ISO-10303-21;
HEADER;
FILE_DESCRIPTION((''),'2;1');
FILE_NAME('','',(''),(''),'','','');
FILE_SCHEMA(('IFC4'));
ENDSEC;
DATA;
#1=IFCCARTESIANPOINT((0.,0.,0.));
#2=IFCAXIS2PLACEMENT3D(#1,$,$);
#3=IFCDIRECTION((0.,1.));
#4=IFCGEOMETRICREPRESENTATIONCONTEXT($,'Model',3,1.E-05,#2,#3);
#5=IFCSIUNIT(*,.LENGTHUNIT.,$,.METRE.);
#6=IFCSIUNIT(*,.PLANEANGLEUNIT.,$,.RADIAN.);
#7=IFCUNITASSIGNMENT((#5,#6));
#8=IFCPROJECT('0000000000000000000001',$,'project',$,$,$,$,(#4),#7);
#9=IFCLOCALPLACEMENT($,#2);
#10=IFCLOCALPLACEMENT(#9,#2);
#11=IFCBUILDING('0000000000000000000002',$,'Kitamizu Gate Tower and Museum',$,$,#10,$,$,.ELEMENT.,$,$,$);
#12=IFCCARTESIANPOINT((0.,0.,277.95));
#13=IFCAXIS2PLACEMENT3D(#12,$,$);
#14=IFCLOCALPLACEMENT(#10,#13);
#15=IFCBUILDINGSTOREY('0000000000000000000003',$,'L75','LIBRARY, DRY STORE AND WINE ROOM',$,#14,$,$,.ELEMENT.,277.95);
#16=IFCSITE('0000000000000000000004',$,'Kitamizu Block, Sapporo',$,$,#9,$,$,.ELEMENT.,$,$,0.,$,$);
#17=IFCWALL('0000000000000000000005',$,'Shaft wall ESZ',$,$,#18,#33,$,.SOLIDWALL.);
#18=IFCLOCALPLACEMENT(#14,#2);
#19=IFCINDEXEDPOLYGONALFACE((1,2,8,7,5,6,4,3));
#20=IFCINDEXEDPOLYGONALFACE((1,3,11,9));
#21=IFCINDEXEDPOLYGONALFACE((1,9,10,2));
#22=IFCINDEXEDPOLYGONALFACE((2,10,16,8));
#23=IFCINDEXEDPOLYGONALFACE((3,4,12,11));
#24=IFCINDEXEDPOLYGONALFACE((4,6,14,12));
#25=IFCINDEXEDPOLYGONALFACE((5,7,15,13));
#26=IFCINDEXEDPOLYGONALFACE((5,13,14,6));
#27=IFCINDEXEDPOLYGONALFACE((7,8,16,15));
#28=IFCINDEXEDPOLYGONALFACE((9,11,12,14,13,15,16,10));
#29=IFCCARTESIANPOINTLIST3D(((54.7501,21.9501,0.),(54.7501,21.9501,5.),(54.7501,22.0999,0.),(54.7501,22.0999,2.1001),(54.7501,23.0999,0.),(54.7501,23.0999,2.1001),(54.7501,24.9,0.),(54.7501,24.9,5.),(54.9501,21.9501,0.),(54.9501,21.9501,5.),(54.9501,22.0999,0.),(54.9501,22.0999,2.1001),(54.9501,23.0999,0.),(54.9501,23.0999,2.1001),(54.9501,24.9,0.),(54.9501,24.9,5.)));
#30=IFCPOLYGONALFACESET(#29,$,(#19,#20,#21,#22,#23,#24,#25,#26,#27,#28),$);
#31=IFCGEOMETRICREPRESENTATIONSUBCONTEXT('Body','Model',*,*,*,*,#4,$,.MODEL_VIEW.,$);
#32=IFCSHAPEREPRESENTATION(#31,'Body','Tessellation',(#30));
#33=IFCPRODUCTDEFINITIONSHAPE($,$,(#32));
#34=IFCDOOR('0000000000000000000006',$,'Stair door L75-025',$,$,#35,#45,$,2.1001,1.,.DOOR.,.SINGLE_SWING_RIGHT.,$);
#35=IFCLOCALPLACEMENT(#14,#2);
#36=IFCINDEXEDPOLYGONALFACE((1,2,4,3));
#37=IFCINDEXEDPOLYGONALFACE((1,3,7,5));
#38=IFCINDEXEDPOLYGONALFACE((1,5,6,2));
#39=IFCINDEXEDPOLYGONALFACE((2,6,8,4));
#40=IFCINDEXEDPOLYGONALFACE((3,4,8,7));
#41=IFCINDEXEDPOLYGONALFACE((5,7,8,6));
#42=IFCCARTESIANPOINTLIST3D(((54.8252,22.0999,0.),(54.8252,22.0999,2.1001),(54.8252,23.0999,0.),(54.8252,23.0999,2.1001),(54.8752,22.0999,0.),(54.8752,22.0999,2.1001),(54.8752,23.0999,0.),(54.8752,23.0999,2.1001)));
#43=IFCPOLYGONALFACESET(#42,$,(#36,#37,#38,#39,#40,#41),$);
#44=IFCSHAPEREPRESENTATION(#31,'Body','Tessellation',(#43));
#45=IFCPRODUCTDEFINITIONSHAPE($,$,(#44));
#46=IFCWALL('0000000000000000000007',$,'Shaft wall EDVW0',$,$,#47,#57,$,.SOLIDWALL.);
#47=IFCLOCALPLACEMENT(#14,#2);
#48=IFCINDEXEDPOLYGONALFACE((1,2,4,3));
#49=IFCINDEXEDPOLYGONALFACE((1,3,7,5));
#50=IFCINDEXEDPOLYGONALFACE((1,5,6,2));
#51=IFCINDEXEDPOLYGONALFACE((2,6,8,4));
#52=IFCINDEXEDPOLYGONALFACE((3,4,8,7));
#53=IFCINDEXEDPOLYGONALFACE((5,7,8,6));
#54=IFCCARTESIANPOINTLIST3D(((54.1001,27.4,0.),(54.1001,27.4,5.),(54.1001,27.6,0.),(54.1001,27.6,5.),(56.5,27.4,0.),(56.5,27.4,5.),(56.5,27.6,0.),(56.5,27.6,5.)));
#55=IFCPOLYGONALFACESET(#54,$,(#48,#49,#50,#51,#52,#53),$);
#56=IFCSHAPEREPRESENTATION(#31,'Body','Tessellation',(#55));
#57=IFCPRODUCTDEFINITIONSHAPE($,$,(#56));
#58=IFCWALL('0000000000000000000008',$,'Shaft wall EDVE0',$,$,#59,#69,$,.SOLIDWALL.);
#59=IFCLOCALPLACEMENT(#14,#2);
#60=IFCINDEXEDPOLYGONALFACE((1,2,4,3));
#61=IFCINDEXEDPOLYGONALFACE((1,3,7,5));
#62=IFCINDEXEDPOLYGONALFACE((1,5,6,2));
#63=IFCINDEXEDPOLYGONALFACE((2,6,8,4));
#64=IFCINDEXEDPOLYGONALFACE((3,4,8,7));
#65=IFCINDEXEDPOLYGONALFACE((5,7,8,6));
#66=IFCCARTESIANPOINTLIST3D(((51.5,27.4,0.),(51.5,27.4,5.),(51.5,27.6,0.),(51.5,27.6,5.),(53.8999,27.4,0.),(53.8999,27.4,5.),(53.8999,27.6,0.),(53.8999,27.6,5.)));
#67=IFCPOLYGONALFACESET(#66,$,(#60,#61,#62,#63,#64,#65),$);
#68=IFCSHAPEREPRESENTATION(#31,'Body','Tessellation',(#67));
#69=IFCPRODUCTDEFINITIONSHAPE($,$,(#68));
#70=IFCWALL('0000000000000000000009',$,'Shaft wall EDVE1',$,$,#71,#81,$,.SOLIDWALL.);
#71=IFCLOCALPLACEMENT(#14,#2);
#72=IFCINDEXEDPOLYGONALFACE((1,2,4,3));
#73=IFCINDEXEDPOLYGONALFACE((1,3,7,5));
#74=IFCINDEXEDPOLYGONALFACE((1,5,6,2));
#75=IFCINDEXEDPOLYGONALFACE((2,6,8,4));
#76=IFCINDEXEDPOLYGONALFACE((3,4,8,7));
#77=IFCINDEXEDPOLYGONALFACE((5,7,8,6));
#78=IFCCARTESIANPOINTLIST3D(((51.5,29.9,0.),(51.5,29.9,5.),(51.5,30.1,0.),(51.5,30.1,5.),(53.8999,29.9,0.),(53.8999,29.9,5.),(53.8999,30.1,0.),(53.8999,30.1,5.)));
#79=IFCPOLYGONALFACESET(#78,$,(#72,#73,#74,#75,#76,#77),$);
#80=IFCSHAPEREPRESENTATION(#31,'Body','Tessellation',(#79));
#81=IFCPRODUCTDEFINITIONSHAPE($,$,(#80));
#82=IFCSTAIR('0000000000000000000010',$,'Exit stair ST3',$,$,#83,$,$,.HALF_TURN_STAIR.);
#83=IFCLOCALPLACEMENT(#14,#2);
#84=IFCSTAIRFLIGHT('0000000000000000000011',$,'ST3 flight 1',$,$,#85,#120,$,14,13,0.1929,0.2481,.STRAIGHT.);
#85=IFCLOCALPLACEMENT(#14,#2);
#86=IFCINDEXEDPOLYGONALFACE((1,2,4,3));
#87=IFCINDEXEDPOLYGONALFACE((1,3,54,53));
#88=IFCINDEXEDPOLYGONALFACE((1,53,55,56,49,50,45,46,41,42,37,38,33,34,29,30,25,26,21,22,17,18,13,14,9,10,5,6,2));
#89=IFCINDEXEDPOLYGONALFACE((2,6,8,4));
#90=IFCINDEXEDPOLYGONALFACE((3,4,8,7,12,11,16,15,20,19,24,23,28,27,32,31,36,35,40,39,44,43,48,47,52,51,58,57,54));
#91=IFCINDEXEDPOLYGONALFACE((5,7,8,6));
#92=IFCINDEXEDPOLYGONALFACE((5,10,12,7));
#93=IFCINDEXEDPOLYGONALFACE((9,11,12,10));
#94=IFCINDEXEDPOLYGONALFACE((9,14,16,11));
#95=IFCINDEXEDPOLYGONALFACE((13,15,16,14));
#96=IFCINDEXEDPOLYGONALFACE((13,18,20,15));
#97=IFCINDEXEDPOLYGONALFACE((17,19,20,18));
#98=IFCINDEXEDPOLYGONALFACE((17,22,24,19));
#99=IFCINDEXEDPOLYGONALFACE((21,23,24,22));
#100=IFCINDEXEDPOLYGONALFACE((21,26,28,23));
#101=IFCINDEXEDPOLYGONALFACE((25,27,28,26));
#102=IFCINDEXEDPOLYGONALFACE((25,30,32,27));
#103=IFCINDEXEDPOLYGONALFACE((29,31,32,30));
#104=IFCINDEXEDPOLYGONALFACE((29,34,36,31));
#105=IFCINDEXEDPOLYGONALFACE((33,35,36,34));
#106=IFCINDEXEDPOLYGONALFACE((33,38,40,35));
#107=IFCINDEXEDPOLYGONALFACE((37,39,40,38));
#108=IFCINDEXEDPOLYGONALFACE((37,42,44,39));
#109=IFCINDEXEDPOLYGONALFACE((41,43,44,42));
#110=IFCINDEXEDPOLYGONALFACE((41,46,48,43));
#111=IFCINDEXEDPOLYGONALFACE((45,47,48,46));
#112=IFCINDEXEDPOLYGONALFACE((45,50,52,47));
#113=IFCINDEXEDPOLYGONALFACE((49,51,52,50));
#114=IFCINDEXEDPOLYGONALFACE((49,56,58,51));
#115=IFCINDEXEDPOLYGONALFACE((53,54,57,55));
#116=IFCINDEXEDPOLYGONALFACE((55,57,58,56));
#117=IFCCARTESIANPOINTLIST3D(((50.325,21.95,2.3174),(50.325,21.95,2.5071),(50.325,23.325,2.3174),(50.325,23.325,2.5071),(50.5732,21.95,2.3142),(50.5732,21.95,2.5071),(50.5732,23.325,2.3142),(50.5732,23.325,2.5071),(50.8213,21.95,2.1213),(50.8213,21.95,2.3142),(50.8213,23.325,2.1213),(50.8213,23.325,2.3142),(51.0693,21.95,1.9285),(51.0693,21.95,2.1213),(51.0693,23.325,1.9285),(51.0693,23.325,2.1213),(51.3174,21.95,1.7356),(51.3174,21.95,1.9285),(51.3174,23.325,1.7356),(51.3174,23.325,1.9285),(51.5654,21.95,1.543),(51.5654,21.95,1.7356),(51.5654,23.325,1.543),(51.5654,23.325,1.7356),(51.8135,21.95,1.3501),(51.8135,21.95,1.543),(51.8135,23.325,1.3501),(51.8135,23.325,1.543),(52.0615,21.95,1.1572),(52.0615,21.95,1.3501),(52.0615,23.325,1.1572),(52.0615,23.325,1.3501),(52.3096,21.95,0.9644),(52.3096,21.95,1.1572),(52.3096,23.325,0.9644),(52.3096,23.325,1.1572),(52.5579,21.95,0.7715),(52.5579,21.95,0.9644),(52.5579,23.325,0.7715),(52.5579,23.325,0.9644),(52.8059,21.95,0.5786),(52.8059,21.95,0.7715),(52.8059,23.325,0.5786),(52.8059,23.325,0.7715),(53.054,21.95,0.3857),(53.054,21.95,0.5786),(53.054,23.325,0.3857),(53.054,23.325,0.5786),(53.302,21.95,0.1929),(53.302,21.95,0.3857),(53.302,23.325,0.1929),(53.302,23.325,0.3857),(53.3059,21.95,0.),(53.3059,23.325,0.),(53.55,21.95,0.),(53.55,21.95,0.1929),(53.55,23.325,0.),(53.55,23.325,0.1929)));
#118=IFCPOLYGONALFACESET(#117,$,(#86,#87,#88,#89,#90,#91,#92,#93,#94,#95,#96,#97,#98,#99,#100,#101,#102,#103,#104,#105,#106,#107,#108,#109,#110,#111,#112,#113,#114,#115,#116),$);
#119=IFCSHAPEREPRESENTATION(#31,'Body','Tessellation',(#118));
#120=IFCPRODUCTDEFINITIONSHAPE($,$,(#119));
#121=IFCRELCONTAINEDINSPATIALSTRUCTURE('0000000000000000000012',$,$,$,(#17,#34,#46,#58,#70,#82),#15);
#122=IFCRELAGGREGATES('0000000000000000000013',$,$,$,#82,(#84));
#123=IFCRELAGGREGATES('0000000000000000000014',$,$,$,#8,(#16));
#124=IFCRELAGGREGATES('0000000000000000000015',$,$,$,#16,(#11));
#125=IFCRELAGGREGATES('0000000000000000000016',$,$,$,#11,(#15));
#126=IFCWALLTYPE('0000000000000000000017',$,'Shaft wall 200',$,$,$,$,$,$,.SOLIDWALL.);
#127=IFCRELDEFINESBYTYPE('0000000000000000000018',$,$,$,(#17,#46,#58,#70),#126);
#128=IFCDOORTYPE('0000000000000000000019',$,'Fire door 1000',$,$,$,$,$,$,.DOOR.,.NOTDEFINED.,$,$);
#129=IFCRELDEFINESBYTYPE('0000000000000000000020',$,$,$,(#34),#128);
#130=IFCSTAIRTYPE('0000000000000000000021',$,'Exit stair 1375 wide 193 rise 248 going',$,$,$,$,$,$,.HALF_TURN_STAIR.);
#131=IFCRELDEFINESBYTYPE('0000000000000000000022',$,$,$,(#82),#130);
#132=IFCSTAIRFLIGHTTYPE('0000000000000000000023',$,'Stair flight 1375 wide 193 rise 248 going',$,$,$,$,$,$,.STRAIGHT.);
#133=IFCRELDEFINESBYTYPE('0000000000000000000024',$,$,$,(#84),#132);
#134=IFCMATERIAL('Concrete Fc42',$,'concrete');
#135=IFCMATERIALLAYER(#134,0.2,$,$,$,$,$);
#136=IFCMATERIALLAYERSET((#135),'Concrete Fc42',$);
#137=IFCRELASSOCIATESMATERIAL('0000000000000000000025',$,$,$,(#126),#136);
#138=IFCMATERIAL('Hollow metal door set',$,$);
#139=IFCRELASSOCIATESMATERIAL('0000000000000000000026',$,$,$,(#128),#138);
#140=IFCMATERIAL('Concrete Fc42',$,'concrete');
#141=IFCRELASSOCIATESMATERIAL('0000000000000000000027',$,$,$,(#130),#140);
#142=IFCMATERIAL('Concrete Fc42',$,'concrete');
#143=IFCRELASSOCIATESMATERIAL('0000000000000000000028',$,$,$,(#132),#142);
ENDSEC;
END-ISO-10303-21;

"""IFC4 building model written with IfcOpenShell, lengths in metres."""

from ifc_helpers import new_model, si_unit, direction, frame, frame_2d, origin, place, context, subcontext, project, spatial, polyline, rectangle, outline, extrude, material, layer, layer_set, type_object, element, fill, aggregate, save


model = new_model("IFC4")

# Units and contexts
model_context = context("Model", 3, precision=1e-05, world=origin(), true_north=direction((0.0, 1.0)))
body_context = subcontext(model_context, "Body", "Model", "MODEL_VIEW")
ifc_project = project(units=[si_unit("LENGTHUNIT", "METRE"), si_unit("PLANEANGLEUNIT", "RADIAN")], contexts=[model_context])

# Site, building, storey
site_placement = place(None, origin())
site = spatial("IfcSite", under=ifc_project, at=site_placement, Name="Kitamizu Block, Sapporo", CompositionType="ELEMENT", RefElevation=0.0)
building_placement = place(site_placement, origin())
building = spatial("IfcBuilding", under=site, at=building_placement, Name="Kitamizu Gate Tower and Museum", CompositionType="ELEMENT")
storey_placement = place(building_placement, frame((0.0, 0.0, 277.95)))
storey = spatial("IfcBuildingStorey", under=building, at=storey_placement, Name="L75", Description="LIBRARY, DRY STORE AND WINE ROOM", CompositionType="ELEMENT", Elevation=277.95)

# Shared definitions
ifc_material_1 = material(Name="Concrete Fc42", Category="concrete")
ifc_layer_1 = layer(ifc_material_1, 0.2)
ifc_layer_set_1 = layer_set([ifc_layer_1], Name="Concrete Fc42")
wall_type_1 = type_object("IfcWallType", Name="Shaft wall 200", PredefinedType="SOLIDWALL", material=ifc_layer_set_1)
ifc_material_2 = material(Name="Hollow metal door set")
door_type_1 = type_object("IfcDoorType", Name="Fire door 1000", OperationType="NOTDEFINED", PredefinedType="DOOR", material=ifc_material_2)

# Wall, opening, door
wall_1_placement = place(storey_placement, frame((54.8501, 21.95, 0.0), z_axis=(0.0, 0.0, 1.0), x_axis=(0.0, 1.0, 0.0)))
wall_1 = element("IfcWall", 1, at=wall_1_placement, inside=storey, type_object=wall_type_1, Name="Shaft wall ESZ", PredefinedType="SOLIDWALL", context=body_context, shape_type="SweptSolid", body=[
    extrude(rectangle(XDim=2.95, YDim=0.2, at=frame_2d((1.4751, 0.0))), origin(), (0.0, 0.0, 1.0), 5.0),
])
opening_1_placement = place(wall_1_placement, frame((0.1499, 0.0, 0.0)))
opening_1 = element("IfcOpeningElement", 2, at=opening_1_placement, cuts=wall_1, PredefinedType="OPENING", context=body_context, shape_type="SweptSolid", body=[
    extrude(rectangle(XDim=1.0, YDim=2.1001, at=frame_2d((0.5, 1.05))), frame((0.0, 0.1099, 0.0), z_axis=(0.0, -1.0, 0.0), x_axis=(1.0, 0.0, 0.0)), (0.0, 0.0, 1.0), 0.22),
])
door_1_placement = place(opening_1_placement, origin())
door_1 = element("IfcDoor", 3, at=door_1_placement, inside=storey, type_object=door_type_1, Name="Stair door L75-025", OperationType="SINGLE_SWING_RIGHT", OverallHeight=2.1001, OverallWidth=1.0, PredefinedType="DOOR", context=body_context, shape_type="SweptSolid", body=[
    extrude(rectangle(XDim=1.0, YDim=2.1001, at=frame_2d((0.5, 1.05))), frame((0.0, 0.0249, 0.0), z_axis=(0.0, -1.0, 0.0), x_axis=(1.0, 0.0, 0.0)), (0.0, 0.0, 1.0), 0.05),
])
fill(opening_1, door_1)

# Walls
for number, where, z_axis, x_axis, name in (
    (4, (56.5, 27.5, 0.0), (0.0, 0.0, 1.0), (-1.0, 0.0, 0.0), "Shaft wall EDVW0"),
    (5, (53.8999, 27.5, 0.0), (0.0, 0.0, 1.0), (-1.0, 0.0, 0.0), "Shaft wall EDVE0"),
    (6, (53.8999, 30.0, 0.0), (0.0, 0.0, 1.0), (-1.0, 0.0, 0.0), "Shaft wall EDVE1"),
):
    element("IfcWall", number, at=place(storey_placement, frame(where, z_axis=z_axis, x_axis=x_axis)), inside=storey, type_object=wall_type_1, Name=name, PredefinedType="SOLIDWALL", context=body_context, shape_type="SweptSolid", body=[
        extrude(rectangle(XDim=2.3999, YDim=0.2, at=frame_2d((1.2, 0.0))), origin(), (0.0, 0.0, 1.0), 5.0),
    ])

# Stair, stair flight
ifc_material_3 = material(Name="Concrete Fc42", Category="concrete")
stair_type = type_object("IfcStairType", Name="Exit stair 1375 wide 193 rise 248 going", PredefinedType="HALF_TURN_STAIR", material=ifc_material_3)
stair_placement = place(storey_placement, origin())
stair = element("IfcStair", 7, at=stair_placement, inside=storey, type_object=stair_type, Name="Exit stair ST3", PredefinedType="HALF_TURN_STAIR")
ifc_material_4 = material(Name="Concrete Fc42", Category="concrete")
stair_flight_type = type_object("IfcStairFlightType", Name="Stair flight 1375 wide 193 rise 248 going", PredefinedType="STRAIGHT", material=ifc_material_4)
stair_flight_placement = place(storey_placement, frame((53.55, 22.6375, 0.0), z_axis=(0.0, 0.0, 1.0), x_axis=(-1.0, 0.0, 0.0)))
stair_flight = element("IfcStairFlight", 8, at=stair_flight_placement, type_object=stair_flight_type, Name="ST3 flight 1", NumberOfRisers=14, NumberOfTreads=13, PredefinedType="STRAIGHT", RiserHeight=0.1929, TreadLength=0.2481, context=body_context, shape_type="SweptSolid", body=[
    extrude(outline(polyline([(0.0, 0.0), (0.0, 0.1929), (0.248, 0.1929), (0.248, 0.3857), (0.4961, 0.3857), (0.4961, 0.5786), (0.7441, 0.5786), (0.7441, 0.7715), (0.9922, 0.7715), (0.9922, 0.9644), (1.2405, 0.9644), (1.2405, 1.1572), (1.4885, 1.1572), (1.4885, 1.3501), (1.7366, 1.3501), (1.7366, 1.543), (1.9846, 1.543), (1.9846, 1.7356), (2.2327, 1.7356), (2.2327, 1.9285), (2.4807, 1.9285), (2.4807, 2.1213), (2.7288, 2.1213), (2.7288, 2.3142), (2.9768, 2.3142), (2.9768, 2.5071), (3.2251, 2.5071), (3.2251, 2.7), (3.2251, 2.3174), (0.2441, 0.0), (0.0, 0.0)])), frame((0.0, 0.6875, 0.0), z_axis=(0.0, -1.0, 0.0), x_axis=(1.0, 0.0, 0.0)), (0.0, 0.0, 1.0), 1.375),
])
aggregate(stair, [stair_flight])

save(model, "model.ifc")
